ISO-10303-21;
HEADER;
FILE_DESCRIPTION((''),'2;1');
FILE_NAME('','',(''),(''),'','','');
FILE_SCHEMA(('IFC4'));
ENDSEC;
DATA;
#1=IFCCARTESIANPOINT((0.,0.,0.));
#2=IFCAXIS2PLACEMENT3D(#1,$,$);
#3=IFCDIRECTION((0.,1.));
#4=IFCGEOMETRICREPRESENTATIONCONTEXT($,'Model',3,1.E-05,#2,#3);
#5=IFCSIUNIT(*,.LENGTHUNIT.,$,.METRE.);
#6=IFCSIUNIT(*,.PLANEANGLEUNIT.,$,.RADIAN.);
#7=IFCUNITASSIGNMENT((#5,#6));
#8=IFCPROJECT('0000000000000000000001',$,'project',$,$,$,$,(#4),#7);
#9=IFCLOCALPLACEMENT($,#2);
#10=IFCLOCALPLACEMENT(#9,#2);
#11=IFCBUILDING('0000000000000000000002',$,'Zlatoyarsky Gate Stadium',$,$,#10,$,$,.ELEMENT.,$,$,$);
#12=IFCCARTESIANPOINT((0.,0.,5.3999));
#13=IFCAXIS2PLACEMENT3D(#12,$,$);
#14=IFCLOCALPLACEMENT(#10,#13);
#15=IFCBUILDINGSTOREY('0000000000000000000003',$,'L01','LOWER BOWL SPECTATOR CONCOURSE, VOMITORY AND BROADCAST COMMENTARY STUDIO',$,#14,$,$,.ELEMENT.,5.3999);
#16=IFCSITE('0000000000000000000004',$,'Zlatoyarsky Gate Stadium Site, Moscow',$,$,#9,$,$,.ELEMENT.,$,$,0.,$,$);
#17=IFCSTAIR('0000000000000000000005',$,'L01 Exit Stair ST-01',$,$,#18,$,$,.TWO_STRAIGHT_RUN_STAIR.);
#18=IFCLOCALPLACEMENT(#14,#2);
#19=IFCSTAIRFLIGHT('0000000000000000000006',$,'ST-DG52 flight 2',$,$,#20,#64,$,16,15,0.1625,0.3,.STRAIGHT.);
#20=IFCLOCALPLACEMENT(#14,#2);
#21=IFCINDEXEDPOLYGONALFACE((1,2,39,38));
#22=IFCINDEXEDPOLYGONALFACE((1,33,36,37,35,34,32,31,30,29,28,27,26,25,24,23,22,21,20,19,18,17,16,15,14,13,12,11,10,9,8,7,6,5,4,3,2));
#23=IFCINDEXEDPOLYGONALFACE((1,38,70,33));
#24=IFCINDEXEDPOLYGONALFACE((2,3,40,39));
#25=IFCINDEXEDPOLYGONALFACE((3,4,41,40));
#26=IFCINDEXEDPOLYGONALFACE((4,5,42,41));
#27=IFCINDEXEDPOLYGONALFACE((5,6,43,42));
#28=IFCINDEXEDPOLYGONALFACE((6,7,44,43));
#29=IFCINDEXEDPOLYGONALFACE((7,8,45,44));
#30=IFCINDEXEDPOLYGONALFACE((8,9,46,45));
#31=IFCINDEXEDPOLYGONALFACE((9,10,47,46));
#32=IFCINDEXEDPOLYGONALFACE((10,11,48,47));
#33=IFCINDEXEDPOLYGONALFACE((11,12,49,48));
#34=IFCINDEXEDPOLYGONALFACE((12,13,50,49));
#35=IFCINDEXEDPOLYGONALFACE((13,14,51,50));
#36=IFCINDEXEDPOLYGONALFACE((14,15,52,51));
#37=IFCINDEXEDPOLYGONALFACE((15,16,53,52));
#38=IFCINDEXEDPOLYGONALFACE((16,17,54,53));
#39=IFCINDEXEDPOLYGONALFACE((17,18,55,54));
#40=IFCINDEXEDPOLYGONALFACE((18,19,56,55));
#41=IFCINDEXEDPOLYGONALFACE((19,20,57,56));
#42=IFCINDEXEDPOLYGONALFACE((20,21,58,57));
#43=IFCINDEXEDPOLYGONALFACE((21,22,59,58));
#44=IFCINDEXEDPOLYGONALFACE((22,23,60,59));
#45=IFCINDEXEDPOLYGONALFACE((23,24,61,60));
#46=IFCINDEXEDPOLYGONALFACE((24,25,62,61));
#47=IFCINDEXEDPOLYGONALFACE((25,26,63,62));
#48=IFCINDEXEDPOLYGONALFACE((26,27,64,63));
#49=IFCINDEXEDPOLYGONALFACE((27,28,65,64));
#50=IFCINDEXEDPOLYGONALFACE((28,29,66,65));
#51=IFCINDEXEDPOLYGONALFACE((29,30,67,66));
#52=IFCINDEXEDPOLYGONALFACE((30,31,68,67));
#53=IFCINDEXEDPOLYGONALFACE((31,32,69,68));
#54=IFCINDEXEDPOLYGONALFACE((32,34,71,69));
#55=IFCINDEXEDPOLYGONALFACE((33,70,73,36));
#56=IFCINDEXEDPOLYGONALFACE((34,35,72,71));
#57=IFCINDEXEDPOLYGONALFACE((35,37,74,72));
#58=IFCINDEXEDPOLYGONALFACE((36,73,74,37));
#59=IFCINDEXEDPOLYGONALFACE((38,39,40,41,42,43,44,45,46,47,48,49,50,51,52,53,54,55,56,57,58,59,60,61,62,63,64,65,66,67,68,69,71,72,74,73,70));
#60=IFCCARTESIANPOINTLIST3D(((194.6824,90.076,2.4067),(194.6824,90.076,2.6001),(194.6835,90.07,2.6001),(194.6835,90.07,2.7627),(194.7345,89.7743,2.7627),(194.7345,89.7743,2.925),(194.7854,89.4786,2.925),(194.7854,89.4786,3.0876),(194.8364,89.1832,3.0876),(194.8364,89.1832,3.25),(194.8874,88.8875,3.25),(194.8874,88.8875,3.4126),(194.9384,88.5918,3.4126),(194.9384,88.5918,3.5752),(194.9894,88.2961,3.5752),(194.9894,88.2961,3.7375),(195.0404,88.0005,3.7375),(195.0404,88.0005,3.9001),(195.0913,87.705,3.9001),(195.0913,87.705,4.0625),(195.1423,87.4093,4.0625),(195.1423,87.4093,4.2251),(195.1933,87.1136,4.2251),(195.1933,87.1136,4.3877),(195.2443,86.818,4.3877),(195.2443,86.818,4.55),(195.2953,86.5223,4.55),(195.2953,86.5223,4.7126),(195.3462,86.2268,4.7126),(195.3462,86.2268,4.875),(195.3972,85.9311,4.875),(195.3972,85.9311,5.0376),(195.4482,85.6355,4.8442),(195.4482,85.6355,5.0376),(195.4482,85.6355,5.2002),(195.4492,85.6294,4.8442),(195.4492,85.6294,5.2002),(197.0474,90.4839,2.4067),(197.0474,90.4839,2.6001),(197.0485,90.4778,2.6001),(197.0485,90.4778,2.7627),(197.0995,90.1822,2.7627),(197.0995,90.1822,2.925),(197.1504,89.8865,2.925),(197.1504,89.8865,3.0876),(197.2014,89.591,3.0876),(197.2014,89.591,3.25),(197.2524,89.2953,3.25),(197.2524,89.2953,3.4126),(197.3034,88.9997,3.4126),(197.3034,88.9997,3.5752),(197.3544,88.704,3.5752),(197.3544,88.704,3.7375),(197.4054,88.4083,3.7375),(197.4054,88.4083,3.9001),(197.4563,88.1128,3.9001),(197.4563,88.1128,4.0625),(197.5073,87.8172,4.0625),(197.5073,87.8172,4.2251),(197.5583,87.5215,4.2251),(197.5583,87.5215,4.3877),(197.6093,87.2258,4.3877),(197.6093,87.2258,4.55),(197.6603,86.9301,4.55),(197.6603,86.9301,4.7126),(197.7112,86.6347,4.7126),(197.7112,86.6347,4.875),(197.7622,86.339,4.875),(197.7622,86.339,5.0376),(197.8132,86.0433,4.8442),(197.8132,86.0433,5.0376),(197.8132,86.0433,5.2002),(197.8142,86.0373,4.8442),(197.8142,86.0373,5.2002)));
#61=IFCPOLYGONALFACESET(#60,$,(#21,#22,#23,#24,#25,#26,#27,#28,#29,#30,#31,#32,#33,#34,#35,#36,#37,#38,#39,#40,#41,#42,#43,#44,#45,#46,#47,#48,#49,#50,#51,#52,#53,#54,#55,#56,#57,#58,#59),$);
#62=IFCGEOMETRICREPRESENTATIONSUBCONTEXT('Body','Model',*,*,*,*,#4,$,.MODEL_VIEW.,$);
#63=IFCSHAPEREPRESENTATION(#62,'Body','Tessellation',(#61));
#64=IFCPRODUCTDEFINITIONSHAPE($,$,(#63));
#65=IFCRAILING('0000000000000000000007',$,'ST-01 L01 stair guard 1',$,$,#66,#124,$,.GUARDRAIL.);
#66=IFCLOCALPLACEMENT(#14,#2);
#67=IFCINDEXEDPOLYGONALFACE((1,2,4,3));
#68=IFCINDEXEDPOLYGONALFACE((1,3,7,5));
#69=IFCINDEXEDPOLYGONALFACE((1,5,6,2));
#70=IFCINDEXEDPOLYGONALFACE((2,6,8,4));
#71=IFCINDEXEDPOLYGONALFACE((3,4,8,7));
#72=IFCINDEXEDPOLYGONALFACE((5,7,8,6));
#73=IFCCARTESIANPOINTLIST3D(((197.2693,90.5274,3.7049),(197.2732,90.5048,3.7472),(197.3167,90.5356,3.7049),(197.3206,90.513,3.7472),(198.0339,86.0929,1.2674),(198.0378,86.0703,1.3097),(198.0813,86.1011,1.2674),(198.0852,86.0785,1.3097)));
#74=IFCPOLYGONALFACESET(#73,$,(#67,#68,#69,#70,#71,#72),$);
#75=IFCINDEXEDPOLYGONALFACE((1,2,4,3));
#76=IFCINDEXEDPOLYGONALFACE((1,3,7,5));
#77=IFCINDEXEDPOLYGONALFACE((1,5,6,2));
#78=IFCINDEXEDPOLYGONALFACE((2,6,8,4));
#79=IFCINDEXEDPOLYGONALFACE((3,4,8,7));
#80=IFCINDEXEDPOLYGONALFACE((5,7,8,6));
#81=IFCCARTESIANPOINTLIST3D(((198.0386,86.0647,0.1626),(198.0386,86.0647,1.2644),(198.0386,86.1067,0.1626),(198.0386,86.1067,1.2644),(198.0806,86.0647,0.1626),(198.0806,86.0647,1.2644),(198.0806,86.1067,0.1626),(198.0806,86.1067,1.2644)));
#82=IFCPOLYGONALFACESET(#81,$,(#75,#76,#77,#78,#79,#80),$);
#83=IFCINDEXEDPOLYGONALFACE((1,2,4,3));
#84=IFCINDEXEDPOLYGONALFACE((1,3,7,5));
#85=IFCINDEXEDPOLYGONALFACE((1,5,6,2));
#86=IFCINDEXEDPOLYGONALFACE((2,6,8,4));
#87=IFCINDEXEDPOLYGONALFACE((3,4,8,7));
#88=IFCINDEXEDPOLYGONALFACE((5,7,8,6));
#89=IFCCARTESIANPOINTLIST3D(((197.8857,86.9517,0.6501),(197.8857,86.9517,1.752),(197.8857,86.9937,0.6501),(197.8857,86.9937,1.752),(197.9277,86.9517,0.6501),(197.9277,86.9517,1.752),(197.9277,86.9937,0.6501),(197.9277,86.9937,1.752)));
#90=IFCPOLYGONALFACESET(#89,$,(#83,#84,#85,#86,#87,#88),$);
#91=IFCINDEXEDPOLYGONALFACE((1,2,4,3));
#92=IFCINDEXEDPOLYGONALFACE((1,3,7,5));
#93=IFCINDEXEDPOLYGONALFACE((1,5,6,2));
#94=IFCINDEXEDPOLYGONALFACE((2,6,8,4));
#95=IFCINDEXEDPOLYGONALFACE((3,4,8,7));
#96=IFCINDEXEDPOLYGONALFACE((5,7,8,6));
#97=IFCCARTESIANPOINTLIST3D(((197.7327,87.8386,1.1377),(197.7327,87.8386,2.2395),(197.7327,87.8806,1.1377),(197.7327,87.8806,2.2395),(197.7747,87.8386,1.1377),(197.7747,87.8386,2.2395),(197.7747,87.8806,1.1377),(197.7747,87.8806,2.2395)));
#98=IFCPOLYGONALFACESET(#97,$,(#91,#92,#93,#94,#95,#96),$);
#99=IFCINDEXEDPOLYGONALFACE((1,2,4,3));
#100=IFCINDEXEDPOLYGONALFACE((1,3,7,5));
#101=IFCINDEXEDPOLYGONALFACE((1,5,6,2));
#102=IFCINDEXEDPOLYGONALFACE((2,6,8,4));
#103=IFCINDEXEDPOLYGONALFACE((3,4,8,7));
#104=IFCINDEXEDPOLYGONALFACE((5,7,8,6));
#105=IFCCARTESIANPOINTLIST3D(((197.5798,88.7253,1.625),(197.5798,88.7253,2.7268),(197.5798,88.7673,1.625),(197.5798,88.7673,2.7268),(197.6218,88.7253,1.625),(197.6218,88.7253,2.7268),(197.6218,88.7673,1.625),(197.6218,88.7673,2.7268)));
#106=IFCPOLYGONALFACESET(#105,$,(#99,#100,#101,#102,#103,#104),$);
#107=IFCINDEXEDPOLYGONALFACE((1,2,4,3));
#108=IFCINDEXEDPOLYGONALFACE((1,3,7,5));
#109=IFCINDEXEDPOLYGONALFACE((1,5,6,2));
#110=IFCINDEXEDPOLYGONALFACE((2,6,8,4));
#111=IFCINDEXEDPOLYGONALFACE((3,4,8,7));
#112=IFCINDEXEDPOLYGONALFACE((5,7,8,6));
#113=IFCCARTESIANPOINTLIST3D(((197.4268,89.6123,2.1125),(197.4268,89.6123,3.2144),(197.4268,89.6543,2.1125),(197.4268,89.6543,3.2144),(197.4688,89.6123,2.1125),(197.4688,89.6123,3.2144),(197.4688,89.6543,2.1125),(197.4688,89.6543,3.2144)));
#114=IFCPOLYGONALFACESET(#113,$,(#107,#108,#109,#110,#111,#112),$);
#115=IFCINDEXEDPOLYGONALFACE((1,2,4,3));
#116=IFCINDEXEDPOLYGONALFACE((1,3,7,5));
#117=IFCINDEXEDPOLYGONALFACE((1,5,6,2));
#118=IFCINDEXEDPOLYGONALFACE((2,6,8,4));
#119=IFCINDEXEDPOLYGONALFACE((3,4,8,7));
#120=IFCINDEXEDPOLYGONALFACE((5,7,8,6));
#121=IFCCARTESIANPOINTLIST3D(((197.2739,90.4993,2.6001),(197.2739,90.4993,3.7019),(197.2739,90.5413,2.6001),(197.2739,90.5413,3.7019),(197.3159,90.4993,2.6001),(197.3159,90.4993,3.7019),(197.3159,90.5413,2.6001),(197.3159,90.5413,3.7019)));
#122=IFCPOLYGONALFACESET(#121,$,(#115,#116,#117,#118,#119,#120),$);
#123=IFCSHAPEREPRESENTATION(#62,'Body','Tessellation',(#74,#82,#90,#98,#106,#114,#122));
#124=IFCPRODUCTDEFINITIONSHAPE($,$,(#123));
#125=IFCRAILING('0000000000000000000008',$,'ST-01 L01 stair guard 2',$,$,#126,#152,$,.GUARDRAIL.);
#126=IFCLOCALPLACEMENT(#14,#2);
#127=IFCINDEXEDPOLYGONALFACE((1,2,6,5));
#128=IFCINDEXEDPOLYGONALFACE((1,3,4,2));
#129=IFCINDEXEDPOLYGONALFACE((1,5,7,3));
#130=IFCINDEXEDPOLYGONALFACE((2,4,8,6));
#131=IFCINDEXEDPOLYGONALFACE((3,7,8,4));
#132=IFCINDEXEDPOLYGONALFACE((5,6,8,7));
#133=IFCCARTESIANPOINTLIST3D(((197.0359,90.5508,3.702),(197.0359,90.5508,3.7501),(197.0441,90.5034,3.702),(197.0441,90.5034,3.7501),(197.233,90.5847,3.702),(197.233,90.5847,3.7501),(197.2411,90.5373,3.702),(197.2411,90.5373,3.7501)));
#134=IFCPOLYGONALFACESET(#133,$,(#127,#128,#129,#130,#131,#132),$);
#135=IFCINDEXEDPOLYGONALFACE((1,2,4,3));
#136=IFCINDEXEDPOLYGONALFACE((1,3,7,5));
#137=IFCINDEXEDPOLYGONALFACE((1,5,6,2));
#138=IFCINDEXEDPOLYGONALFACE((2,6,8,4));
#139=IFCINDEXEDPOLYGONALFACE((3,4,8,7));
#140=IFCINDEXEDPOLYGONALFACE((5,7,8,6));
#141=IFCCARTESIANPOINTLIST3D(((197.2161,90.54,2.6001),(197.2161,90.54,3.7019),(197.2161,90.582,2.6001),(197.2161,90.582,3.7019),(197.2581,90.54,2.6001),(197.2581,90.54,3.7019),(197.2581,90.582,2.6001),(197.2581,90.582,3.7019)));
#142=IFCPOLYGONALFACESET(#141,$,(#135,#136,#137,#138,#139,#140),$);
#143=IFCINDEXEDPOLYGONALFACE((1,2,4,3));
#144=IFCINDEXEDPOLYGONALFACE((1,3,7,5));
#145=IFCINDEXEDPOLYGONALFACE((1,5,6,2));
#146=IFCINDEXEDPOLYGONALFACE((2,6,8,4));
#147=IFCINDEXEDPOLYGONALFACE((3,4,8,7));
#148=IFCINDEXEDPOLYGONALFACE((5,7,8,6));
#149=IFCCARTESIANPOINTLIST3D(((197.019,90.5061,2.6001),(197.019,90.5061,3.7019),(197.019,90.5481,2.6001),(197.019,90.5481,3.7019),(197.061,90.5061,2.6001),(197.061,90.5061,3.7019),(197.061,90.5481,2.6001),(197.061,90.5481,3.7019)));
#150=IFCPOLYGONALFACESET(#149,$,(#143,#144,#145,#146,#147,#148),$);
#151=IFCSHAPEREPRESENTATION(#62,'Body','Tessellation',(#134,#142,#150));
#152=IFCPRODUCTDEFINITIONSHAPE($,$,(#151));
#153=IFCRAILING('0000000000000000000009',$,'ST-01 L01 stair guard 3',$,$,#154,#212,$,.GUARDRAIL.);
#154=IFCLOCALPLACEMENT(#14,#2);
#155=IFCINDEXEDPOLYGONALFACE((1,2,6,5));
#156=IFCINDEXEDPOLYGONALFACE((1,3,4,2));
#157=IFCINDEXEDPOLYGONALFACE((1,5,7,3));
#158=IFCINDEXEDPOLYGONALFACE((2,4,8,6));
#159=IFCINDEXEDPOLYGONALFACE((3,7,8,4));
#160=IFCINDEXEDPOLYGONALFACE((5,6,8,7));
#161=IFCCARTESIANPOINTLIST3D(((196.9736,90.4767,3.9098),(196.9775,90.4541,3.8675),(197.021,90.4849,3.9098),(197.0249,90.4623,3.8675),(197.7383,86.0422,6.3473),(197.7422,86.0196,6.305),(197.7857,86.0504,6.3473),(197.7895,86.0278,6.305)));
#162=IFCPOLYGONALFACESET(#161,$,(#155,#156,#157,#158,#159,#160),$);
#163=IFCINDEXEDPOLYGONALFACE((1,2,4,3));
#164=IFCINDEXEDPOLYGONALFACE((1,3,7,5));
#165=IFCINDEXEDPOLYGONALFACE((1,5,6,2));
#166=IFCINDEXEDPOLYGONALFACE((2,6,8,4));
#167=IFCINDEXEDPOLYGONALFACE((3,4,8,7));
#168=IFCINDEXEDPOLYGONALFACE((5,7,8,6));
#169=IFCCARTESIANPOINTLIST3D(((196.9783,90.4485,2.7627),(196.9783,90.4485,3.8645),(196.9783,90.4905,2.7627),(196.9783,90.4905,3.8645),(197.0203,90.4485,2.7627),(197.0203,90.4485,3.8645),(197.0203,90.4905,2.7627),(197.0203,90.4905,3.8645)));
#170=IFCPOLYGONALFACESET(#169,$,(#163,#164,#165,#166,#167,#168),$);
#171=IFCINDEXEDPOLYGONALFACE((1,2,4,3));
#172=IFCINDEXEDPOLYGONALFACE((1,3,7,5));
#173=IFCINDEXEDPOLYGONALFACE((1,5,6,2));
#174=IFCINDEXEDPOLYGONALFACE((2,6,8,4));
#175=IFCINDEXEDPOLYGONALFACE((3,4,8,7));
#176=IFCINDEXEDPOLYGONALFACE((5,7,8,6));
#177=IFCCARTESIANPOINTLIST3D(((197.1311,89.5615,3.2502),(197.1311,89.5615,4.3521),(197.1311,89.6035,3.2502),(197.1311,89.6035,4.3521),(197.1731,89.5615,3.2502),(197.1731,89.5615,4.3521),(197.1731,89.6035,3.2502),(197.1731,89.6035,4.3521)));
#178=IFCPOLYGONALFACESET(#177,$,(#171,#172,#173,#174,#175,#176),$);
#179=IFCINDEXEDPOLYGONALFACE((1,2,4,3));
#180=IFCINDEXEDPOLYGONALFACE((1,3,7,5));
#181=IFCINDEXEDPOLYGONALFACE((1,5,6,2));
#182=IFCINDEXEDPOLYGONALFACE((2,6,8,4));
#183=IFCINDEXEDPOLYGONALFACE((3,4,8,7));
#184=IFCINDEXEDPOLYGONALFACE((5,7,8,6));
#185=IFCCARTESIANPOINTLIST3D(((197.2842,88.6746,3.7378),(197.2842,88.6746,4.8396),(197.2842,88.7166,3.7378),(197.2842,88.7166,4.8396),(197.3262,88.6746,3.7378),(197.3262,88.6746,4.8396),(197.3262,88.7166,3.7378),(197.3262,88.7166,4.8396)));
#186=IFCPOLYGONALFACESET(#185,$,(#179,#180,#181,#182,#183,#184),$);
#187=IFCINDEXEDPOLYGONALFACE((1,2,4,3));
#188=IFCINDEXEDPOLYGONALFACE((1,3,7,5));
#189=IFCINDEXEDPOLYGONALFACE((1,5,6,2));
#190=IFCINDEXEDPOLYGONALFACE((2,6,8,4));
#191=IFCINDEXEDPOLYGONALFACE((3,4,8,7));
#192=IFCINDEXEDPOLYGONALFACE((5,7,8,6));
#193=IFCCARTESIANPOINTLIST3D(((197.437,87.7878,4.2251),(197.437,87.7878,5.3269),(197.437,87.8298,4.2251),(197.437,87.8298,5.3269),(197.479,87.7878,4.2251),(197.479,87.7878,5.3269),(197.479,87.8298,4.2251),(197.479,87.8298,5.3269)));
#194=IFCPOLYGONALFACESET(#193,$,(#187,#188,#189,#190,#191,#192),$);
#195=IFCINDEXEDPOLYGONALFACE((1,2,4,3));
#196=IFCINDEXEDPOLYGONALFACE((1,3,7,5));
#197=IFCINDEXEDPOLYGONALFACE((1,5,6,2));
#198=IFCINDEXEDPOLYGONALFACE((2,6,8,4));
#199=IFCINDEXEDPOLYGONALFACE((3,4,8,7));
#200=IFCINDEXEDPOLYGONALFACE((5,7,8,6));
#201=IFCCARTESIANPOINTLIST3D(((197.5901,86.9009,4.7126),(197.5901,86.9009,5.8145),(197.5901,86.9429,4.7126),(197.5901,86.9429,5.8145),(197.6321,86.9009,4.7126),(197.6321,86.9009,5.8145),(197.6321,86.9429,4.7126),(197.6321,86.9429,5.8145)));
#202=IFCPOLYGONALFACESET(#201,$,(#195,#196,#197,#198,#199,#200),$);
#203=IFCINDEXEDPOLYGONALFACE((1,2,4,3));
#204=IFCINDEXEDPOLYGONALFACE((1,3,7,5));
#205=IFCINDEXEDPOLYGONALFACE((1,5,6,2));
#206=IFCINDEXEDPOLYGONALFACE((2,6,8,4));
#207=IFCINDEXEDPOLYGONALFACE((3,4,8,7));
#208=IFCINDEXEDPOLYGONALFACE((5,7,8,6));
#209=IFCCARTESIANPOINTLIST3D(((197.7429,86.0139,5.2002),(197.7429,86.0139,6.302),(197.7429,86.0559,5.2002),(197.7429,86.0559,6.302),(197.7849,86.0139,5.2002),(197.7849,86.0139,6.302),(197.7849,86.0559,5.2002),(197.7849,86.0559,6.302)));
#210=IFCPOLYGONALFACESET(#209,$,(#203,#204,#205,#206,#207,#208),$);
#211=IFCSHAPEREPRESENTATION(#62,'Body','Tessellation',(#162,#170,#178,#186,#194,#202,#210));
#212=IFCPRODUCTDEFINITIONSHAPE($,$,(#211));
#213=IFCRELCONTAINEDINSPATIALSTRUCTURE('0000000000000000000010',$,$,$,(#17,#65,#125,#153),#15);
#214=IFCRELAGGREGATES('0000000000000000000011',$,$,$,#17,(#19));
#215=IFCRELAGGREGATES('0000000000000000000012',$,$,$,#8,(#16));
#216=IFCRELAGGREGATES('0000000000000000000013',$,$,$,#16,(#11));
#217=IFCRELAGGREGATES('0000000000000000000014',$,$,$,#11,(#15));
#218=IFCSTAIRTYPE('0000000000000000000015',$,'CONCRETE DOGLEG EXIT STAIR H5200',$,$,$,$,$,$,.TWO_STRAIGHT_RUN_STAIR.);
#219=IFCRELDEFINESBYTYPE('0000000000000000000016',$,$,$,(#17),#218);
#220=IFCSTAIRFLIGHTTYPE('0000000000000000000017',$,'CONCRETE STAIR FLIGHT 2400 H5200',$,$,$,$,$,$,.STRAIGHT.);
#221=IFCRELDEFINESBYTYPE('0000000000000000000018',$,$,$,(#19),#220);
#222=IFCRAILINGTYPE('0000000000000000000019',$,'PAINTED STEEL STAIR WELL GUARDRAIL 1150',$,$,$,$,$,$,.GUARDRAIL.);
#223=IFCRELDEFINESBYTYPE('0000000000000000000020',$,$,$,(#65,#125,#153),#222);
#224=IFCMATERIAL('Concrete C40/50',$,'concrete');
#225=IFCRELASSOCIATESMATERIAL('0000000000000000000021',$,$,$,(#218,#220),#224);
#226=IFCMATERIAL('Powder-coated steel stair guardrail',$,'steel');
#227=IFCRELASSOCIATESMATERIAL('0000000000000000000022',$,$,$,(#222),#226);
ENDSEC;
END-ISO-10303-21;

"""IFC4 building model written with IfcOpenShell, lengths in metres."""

from ifc_helpers import new_model, si_unit, direction, frame, origin, origin_2d, place, context, subcontext, project, spatial, polyline, rectangle, outline, extrude, material, type_object, element, aggregate, save


model = new_model("IFC4")

# Units and contexts
model_context = context("Model", 3, precision=1e-05, world=origin(), true_north=direction((0.0, 1.0)))
body_context = subcontext(model_context, "Body", "Model", "MODEL_VIEW")
ifc_project = project(units=[si_unit("LENGTHUNIT", "METRE"), si_unit("PLANEANGLEUNIT", "RADIAN")], contexts=[model_context])

# Site, building, storey
site_placement = place(None, origin())
site = spatial("IfcSite", under=ifc_project, at=site_placement, Name="Zlatoyarsky Gate Stadium Site, Moscow", CompositionType="ELEMENT", RefElevation=0.0)
building_placement = place(site_placement, origin())
building = spatial("IfcBuilding", under=site, at=building_placement, Name="Zlatoyarsky Gate Stadium", CompositionType="ELEMENT")
storey_placement = place(building_placement, frame((0.0, 0.0, 5.3999)))
storey = spatial("IfcBuildingStorey", under=building, at=storey_placement, Name="L01", Description="LOWER BOWL SPECTATOR CONCOURSE, VOMITORY AND BROADCAST COMMENTARY STUDIO", CompositionType="ELEMENT", Elevation=5.3999)

# Shared definitions
ifc_material_1 = material(Name="Concrete C40/50", Category="concrete")

# Stair, stair flight
stair_type = type_object("IfcStairType", Name="CONCRETE DOGLEG EXIT STAIR H5200", PredefinedType="TWO_STRAIGHT_RUN_STAIR", material=ifc_material_1)
stair_placement = place(storey_placement, origin())
stair = element("IfcStair", 1, at=stair_placement, inside=storey, type_object=stair_type, Name="L01 Exit Stair ST-01", PredefinedType="TWO_STRAIGHT_RUN_STAIR")
stair_flight_type = type_object("IfcStairFlightType", Name="CONCRETE STAIR FLIGHT 2400 H5200", PredefinedType="STRAIGHT", material=ifc_material_1)
stair_flight_1_placement = place(storey_placement, frame((195.866, 90.2739, 2.6001), z_axis=(0.0, 0.0, 1.0), x_axis=(0.169938, -0.985455, 0.0)))
stair_flight_1 = element("IfcStairFlight", 2, at=stair_flight_1_placement, type_object=stair_flight_type, Name="ST-DG52 flight 2", NumberOfRisers=16, NumberOfTreads=15, PredefinedType="STRAIGHT", RiserHeight=0.1625, TreadLength=0.3, context=body_context, shape_type="SweptSolid", body=[
    extrude(outline(polyline([(-0.0061, -0.1934), (-0.0061, 0.0), (0.0, 0.0), (0.0, 0.1626), (0.3, 0.1626), (0.3, 0.325), (0.6001, 0.325), (0.6001, 0.4875), (0.8999, 0.4875), (0.8999, 0.6499), (1.2, 0.6499), (1.2, 0.8125), (1.5, 0.8125), (1.5, 0.9751), (1.8, 0.9751), (1.8, 1.1375), (2.1001, 1.1375), (2.1001, 1.3), (2.3999, 1.3), (2.3999, 1.4624), (2.7, 1.4624), (2.7, 1.625), (3.0, 1.625), (3.0, 1.7876), (3.3, 1.7876), (3.3, 1.95), (3.6001, 1.95), (3.6001, 2.1125), (3.8999, 2.1125), (3.8999, 2.2749), (4.2, 2.2749), (4.2, 2.4375), (4.5, 2.4375), (4.5, 2.6001), (4.5061, 2.6001), (4.5061, 2.2441), (4.5, 2.2441), (-0.0061, -0.1934)])), frame((0.0, 1.2, 0.0), z_axis=(0.0, -1.0, 0.0), x_axis=(1.0, 0.0, 0.0)), (0.0, 0.0, 1.0), 2.3999),
])
aggregate(stair, [stair_flight_1])

# Railings
ifc_material_2 = material(Name="Powder-coated steel stair guardrail", Category="steel")
railing_type_1 = type_object("IfcRailingType", Name="PAINTED STEEL STAIR WELL GUARDRAIL 1150", PredefinedType="GUARDRAIL", material=ifc_material_2)
railing_1_placement = place(storey_placement, frame((198.0596, 86.0857, 0.1626)))
element("IfcRailing", 3, at=railing_1_placement, inside=storey, type_object=railing_type_1, Name="ST-01 L01 stair guard 1", PredefinedType="GUARDRAIL", context=body_context, shape_type="SweptSolid", body=[
    extrude(rectangle(XDim=0.0481, YDim=0.0481, at=origin_2d()), frame((0.0, 0.0, 1.126), z_axis=(-0.149411, 0.866505, 0.476282), x_axis=(-0.985458, -0.169921, 0.0)), (0.0, 0.0, 1.0), 5.1177),
    extrude(rectangle(XDim=0.042, YDim=0.042, at=origin_2d()), origin(), (0.0, 0.0, 1.0), 1.1018),
    extrude(rectangle(XDim=0.042, YDim=0.042, at=origin_2d()), frame((-0.1528, 0.887, 0.4875)), (0.0, 0.0, 1.0), 1.1018),
    extrude(rectangle(XDim=0.042, YDim=0.042, at=origin_2d()), frame((-0.3059, 1.7739, 0.9751)), (0.0, 0.0, 1.0), 1.1018),
    extrude(rectangle(XDim=0.042, YDim=0.042, at=origin_2d()), frame((-0.4587, 2.6606, 1.4624)), (0.0, 0.0, 1.0), 1.1018),
    extrude(rectangle(XDim=0.042, YDim=0.042, at=origin_2d()), frame((-0.6118, 3.5476, 1.95)), (0.0, 0.0, 1.0), 1.1018),
    extrude(rectangle(XDim=0.042, YDim=0.042, at=origin_2d()), frame((-0.7646, 4.4346, 2.4375)), (0.0, 0.0, 1.0), 1.1018),
])
railing_2_placement = place(storey_placement, frame((197.2371, 90.561, 2.6001)))
element("IfcRailing", 4, at=railing_2_placement, inside=storey, type_object=railing_type_1, Name="ST-01 L01 stair guard 2", PredefinedType="GUARDRAIL", context=body_context, shape_type="SweptSolid", body=[
    extrude(rectangle(XDim=0.0481, YDim=0.0481, at=origin_2d()), frame((0.0, 0.0, 1.126), z_axis=(-0.985488, -0.169743, 0.0), x_axis=(0.169743, -0.985488, 0.0)), (0.0, 0.0, 1.0), 0.2),
    extrude(rectangle(XDim=0.042, YDim=0.042, at=origin_2d()), origin(), (0.0, 0.0, 1.0), 1.1018),
    extrude(rectangle(XDim=0.042, YDim=0.042, at=origin_2d()), frame((-0.197, -0.0339, 0.0)), (0.0, 0.0, 1.0), 1.1018),
])
railing_3_placement = place(storey_placement, frame((196.9993, 90.4695, 2.7627)))
element("IfcRailing", 5, at=railing_3_placement, inside=storey, type_object=railing_type_1, Name="ST-01 L01 stair guard 3", PredefinedType="GUARDRAIL", context=body_context, shape_type="SweptSolid", body=[
    extrude(rectangle(XDim=0.0481, YDim=0.0481, at=origin_2d()), frame((0.0, 0.0, 1.126), z_axis=(0.149411, -0.866505, 0.476282), x_axis=(0.985458, 0.169921, 0.0)), (0.0, 0.0, 1.0), 5.1177),
    extrude(rectangle(XDim=0.042, YDim=0.042, at=origin_2d()), origin(), (0.0, 0.0, 1.0), 1.1018),
    extrude(rectangle(XDim=0.042, YDim=0.042, at=origin_2d()), frame((0.1528, -0.887, 0.4875)), (0.0, 0.0, 1.0), 1.1018),
    extrude(rectangle(XDim=0.042, YDim=0.042, at=origin_2d()), frame((0.3059, -1.7739, 0.9751)), (0.0, 0.0, 1.0), 1.1018),
    extrude(rectangle(XDim=0.042, YDim=0.042, at=origin_2d()), frame((0.4587, -2.6606, 1.4624)), (0.0, 0.0, 1.0), 1.1018),
    extrude(rectangle(XDim=0.042, YDim=0.042, at=origin_2d()), frame((0.6118, -3.5476, 1.95)), (0.0, 0.0, 1.0), 1.1018),
    extrude(rectangle(XDim=0.042, YDim=0.042, at=origin_2d()), frame((0.7646, -4.4346, 2.4375)), (0.0, 0.0, 1.0), 1.1018),
])

save(model, "model.ifc")
